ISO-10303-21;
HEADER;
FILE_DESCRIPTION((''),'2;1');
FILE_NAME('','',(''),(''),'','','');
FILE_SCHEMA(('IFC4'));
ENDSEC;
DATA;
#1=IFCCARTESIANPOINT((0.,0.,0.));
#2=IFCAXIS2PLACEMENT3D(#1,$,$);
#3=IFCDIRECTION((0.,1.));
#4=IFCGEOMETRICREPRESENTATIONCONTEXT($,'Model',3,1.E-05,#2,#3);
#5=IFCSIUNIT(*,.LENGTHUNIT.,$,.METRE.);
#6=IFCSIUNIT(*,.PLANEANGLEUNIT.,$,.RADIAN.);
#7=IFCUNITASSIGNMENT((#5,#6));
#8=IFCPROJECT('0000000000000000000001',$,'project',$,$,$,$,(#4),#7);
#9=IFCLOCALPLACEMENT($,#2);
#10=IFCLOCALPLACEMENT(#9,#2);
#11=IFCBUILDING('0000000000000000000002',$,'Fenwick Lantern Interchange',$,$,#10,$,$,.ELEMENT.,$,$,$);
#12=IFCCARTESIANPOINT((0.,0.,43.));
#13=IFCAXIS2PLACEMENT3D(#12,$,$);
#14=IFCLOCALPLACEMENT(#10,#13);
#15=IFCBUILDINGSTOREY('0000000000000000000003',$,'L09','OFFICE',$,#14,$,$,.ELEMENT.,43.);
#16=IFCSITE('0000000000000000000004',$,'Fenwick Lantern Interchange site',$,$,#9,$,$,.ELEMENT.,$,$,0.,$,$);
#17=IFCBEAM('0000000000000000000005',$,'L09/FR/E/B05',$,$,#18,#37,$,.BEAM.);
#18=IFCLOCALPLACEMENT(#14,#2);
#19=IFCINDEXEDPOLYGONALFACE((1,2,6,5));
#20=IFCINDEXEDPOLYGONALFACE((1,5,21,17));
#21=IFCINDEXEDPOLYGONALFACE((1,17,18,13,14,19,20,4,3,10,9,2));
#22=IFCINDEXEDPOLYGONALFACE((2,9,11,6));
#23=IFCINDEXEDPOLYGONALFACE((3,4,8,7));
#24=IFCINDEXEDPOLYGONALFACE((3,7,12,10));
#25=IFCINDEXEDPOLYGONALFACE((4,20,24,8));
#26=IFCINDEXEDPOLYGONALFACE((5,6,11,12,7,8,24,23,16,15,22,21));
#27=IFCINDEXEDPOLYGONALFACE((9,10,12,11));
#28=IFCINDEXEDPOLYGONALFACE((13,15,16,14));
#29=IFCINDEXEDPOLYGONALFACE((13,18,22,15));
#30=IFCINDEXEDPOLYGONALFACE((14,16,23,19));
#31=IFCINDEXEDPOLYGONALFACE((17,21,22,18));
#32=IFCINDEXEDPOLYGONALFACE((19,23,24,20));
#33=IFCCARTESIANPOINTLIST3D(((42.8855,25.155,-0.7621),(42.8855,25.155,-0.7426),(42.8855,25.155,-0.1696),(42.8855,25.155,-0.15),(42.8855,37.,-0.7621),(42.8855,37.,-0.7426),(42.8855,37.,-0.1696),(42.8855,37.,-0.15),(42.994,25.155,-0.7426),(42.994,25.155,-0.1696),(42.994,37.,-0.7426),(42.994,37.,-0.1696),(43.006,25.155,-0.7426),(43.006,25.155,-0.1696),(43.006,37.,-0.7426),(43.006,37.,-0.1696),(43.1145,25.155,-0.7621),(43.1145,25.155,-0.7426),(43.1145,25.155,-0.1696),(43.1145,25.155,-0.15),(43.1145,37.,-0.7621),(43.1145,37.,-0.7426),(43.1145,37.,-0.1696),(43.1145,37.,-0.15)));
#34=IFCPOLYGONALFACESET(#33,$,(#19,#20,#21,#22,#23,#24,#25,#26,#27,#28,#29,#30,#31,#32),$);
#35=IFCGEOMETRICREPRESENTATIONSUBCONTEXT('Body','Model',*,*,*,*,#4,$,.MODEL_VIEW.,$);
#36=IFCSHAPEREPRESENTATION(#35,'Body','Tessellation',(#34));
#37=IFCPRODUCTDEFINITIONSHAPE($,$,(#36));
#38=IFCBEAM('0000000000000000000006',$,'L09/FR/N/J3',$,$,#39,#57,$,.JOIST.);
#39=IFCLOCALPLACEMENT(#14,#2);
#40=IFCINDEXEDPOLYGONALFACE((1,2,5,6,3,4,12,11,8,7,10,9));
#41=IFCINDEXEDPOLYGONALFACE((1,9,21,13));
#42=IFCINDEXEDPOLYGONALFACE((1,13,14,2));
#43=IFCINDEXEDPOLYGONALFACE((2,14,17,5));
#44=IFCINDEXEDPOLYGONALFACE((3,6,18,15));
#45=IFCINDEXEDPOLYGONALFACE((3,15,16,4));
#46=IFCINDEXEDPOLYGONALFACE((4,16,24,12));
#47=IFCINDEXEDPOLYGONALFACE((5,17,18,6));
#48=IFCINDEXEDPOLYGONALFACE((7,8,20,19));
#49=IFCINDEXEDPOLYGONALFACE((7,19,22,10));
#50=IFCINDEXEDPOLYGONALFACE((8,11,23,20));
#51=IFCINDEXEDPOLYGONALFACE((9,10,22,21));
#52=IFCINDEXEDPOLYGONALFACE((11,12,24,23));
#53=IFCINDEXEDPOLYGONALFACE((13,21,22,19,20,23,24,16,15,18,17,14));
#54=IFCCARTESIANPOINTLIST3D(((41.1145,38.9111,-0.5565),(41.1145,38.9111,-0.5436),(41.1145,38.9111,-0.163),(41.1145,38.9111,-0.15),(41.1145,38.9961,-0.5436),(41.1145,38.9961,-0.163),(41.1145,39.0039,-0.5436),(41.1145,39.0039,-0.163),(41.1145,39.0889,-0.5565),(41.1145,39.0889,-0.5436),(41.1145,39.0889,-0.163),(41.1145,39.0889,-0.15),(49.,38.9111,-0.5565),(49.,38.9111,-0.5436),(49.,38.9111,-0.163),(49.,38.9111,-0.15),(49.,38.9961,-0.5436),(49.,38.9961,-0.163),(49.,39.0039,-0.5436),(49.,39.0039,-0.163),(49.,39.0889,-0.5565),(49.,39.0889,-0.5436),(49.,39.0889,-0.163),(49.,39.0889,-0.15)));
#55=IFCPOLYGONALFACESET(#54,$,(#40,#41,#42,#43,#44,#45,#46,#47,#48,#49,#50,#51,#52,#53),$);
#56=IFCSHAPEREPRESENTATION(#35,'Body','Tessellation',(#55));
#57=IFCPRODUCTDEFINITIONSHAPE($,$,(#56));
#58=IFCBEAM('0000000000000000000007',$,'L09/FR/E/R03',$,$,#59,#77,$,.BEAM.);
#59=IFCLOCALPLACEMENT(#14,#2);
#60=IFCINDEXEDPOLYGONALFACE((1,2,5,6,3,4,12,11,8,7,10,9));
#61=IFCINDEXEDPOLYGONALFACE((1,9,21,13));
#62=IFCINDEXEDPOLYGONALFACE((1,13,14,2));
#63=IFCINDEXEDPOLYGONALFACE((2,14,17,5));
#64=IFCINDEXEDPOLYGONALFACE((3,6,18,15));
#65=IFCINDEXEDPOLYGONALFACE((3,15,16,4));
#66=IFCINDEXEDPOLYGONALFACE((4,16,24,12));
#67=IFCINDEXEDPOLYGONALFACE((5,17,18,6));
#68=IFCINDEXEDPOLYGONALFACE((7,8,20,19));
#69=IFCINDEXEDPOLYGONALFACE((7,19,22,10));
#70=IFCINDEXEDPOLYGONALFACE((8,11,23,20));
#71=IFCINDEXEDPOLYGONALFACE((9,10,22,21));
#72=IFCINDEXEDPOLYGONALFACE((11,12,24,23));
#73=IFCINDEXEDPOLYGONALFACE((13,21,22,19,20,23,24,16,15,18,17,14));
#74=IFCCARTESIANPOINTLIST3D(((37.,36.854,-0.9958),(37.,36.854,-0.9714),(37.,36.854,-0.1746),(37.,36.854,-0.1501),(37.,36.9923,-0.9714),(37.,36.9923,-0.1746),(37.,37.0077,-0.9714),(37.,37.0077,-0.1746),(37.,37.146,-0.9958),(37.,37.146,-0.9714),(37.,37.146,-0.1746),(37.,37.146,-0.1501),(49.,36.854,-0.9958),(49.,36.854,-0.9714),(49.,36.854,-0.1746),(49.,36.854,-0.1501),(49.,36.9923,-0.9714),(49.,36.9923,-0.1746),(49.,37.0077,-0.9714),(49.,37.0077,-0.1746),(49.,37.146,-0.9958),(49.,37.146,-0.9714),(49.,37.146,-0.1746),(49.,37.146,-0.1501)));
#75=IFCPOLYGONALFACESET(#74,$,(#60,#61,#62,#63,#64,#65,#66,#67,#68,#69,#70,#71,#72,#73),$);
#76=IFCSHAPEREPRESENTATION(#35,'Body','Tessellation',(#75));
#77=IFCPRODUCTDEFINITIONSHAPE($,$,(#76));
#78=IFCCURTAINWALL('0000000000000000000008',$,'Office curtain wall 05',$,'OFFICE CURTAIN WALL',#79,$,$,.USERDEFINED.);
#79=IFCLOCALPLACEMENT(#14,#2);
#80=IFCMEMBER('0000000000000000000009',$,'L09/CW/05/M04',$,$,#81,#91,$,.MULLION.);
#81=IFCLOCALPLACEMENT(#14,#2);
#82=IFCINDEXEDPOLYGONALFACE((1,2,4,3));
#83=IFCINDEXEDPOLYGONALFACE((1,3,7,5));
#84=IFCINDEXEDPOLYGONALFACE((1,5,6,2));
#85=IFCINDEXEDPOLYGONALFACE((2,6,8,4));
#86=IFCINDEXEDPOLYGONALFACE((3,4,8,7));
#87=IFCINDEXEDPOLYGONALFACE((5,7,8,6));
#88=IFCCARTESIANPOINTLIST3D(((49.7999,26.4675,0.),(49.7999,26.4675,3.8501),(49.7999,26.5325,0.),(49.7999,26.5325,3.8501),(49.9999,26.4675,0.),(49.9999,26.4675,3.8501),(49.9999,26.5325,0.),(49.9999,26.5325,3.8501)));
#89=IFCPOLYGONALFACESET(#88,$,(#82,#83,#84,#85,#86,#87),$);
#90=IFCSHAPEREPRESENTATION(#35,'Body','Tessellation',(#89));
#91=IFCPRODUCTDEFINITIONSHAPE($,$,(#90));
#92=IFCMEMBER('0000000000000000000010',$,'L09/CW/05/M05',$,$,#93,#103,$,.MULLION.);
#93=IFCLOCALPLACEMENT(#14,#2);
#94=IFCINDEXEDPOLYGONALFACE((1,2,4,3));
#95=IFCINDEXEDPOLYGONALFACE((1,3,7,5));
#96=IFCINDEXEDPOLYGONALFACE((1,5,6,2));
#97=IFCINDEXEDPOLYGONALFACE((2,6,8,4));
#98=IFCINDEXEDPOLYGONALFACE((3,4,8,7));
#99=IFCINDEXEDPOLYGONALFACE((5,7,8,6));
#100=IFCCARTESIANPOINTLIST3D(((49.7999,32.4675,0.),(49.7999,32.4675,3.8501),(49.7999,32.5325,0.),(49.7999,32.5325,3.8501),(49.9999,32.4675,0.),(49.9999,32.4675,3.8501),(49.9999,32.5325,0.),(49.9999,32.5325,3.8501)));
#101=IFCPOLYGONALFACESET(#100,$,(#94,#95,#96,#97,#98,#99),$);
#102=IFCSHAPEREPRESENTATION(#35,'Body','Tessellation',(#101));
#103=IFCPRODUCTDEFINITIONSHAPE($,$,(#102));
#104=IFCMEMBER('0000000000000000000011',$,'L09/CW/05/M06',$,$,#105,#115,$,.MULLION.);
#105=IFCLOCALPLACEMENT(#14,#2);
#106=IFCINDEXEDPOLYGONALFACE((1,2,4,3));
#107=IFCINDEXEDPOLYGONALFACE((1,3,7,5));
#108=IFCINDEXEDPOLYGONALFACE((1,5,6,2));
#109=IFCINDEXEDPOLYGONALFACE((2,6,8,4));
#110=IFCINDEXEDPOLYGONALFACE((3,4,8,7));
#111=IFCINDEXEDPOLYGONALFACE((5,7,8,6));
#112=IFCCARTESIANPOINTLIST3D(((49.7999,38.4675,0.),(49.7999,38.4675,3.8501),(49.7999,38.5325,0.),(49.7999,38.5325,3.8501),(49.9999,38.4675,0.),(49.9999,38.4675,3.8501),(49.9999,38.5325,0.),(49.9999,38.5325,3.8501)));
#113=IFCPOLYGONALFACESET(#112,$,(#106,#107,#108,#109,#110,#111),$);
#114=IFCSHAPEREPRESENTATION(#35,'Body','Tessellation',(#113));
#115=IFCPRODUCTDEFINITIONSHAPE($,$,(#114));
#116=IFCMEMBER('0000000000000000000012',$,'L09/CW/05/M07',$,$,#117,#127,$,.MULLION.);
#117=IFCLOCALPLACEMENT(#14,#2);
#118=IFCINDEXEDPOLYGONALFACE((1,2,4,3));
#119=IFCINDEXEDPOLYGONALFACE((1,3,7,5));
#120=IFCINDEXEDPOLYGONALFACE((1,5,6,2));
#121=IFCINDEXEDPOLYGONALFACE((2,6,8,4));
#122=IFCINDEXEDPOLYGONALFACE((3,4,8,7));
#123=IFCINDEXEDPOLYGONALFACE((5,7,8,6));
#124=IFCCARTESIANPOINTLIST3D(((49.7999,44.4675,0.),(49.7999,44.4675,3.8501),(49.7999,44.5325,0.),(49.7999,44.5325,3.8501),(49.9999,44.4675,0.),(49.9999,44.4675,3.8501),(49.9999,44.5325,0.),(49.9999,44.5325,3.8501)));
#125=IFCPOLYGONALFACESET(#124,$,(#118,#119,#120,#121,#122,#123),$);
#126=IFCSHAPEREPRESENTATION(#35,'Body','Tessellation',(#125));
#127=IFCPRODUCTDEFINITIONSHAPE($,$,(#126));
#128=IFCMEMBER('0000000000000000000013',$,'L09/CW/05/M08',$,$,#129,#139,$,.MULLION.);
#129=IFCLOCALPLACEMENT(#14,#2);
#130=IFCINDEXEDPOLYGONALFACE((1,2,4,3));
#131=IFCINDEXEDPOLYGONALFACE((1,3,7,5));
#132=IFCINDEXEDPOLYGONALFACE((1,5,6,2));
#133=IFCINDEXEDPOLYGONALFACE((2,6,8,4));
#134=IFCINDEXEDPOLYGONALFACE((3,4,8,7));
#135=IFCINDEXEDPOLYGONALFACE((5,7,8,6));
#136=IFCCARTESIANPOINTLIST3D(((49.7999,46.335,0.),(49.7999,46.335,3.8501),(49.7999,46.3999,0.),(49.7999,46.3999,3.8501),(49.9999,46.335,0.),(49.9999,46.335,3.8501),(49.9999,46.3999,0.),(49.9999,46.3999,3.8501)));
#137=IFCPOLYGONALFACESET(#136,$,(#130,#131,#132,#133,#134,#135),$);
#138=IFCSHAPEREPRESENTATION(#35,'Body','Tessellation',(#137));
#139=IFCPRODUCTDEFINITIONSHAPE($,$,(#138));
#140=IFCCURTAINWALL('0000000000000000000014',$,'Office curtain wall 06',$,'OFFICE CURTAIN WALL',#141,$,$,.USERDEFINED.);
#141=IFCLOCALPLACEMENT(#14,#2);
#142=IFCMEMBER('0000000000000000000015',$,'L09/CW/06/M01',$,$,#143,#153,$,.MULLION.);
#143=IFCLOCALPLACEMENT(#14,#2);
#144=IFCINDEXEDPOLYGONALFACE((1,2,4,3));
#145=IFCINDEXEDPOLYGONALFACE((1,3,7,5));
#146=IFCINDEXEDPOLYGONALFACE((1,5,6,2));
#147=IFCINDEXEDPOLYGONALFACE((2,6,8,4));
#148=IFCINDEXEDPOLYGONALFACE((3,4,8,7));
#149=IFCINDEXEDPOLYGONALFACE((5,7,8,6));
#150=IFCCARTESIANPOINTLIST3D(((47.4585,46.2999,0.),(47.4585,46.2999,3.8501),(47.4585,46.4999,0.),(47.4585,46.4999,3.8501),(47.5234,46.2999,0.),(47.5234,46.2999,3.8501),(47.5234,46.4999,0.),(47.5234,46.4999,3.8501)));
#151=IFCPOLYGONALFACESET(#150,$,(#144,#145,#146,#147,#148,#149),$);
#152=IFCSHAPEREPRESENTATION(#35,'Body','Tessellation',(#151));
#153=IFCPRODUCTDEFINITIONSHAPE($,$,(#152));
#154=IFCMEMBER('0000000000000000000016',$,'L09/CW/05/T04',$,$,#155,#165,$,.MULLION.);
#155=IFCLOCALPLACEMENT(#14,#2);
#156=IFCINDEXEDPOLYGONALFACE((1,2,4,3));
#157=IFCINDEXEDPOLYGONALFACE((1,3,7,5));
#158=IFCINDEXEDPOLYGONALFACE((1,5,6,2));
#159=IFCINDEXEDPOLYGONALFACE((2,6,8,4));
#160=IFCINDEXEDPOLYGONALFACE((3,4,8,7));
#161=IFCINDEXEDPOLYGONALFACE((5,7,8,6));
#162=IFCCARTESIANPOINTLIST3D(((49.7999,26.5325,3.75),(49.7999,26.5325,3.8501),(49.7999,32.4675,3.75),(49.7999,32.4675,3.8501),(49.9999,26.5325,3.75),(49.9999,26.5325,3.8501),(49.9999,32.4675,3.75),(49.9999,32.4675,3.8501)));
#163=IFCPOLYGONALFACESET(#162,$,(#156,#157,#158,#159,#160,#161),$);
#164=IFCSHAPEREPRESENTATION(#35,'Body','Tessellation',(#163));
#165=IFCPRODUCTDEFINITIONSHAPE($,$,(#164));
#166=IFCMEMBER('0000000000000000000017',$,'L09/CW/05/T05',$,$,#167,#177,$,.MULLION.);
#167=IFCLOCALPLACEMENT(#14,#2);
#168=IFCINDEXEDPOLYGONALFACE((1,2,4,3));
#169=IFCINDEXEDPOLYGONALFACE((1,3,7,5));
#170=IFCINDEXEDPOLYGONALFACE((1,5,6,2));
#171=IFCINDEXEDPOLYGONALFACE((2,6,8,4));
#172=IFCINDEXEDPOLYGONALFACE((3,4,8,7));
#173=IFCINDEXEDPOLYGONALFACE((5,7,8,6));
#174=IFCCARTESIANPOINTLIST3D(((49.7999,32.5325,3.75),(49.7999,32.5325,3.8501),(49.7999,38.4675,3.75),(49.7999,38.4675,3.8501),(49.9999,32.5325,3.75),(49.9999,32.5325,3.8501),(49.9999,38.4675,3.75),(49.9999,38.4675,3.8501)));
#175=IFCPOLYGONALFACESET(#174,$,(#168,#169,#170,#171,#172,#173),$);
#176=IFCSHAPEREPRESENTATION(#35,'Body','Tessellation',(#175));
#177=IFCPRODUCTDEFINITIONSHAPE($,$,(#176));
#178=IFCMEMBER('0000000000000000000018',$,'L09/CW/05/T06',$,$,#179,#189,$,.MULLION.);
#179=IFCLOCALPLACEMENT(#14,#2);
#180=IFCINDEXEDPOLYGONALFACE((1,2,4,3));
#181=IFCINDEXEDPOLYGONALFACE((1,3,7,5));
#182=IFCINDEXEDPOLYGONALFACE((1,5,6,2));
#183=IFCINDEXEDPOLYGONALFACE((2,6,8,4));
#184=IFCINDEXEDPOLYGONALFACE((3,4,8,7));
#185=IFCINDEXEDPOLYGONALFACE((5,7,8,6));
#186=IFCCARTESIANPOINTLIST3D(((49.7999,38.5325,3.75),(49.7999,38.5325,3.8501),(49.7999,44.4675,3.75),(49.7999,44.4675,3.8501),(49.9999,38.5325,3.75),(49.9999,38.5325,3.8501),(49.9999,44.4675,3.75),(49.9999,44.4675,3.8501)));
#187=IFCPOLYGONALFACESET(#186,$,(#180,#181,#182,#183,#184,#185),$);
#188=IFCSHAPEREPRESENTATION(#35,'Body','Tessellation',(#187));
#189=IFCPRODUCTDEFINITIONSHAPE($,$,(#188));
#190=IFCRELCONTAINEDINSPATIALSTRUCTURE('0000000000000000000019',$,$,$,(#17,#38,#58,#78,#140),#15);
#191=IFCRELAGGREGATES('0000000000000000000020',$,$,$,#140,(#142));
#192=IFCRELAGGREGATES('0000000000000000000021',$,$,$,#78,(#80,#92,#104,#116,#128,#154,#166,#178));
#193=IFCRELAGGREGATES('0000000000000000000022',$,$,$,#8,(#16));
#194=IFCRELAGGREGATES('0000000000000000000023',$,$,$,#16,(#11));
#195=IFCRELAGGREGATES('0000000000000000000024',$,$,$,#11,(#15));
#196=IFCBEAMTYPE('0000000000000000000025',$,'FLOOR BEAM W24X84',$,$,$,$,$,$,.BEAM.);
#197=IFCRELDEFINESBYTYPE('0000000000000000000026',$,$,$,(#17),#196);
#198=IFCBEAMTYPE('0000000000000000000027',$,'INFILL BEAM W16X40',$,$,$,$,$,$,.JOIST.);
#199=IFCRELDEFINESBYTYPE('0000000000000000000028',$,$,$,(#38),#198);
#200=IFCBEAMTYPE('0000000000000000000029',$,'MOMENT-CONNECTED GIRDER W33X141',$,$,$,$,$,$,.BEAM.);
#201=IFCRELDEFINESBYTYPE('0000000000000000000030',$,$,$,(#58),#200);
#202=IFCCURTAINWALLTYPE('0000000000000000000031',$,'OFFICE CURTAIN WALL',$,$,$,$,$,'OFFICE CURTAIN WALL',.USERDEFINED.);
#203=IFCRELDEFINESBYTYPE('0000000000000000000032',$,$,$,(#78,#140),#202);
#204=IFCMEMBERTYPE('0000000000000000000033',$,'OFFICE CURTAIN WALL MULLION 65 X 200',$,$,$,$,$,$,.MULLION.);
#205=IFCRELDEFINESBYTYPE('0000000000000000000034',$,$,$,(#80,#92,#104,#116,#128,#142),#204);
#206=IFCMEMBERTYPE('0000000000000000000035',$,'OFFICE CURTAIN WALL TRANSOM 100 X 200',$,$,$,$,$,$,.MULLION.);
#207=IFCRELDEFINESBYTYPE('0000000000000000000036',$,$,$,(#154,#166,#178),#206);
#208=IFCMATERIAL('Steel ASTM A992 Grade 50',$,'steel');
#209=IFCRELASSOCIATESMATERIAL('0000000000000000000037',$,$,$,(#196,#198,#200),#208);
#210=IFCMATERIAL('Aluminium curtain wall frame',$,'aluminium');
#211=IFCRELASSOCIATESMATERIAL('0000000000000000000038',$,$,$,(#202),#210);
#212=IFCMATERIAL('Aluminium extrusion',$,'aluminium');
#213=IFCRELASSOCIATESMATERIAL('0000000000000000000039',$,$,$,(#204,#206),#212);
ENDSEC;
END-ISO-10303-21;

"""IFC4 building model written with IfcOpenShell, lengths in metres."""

from ifc_helpers import new_model, si_unit, direction, frame, origin, origin_2d, place, context, subcontext, project, spatial, rectangle, i_section, extrude, material, material_profile, profile_set, type_object, element, aggregate, save


model = new_model("IFC4")

# Units and contexts
model_context = context("Model", 3, precision=1e-05, world=origin(), true_north=direction((0.0, 1.0)))
body_context = subcontext(model_context, "Body", "Model", "MODEL_VIEW")
ifc_project = project(units=[si_unit("LENGTHUNIT", "METRE"), si_unit("PLANEANGLEUNIT", "RADIAN")], contexts=[model_context])

# Site, building, storey
site_placement = place(None, origin())
site = spatial("IfcSite", under=ifc_project, at=site_placement, Name="Fenwick Lantern Interchange site", CompositionType="ELEMENT", RefElevation=0.0)
building_placement = place(site_placement, origin())
building = spatial("IfcBuilding", under=site, at=building_placement, Name="Fenwick Lantern Interchange", CompositionType="ELEMENT")
storey_placement = place(building_placement, frame((0.0, 0.0, 43.0)))
storey = spatial("IfcBuildingStorey", under=building, at=storey_placement, Name="L09", Description="OFFICE", CompositionType="ELEMENT", Elevation=43.0)

# Shared definitions
ifc_material_1 = material(Name="Steel ASTM A992 Grade 50", Category="steel")

# Beams
ifc_material_profile_1 = material_profile(ifc_material_1, i_section(OverallWidth=0.229, OverallDepth=0.6121, WebThickness=0.012, FlangeThickness=0.0195, at=origin_2d()), Name="W24X84")
ifc_profile_set_1 = profile_set([ifc_material_profile_1], Name="Steel ASTM A992 Grade 50")
beam_type_1 = type_object("IfcBeamType", Name="FLOOR BEAM W24X84", PredefinedType="BEAM", material=ifc_profile_set_1)
for number, where, z_axis, x_axis, name in (
    (1, (43.0, 25.155, -0.4561), (0.0, 1.0, 0.0), (-1.0, 0.0, 0.0), "L09/FR/E/B05"),
):
    element("IfcBeam", number, at=place(storey_placement, frame(where, z_axis=z_axis, x_axis=x_axis)), inside=storey, type_object=beam_type_1, Name=name, PredefinedType="BEAM", context=body_context, shape_type="SweptSolid", body=[
        extrude(i_section(OverallWidth=0.229, OverallDepth=0.6121, WebThickness=0.012, FlangeThickness=0.0195, at=origin_2d()), origin(), (0.0, 0.0, 1.0), 11.845),
    ])
ifc_material_profile_2 = material_profile(ifc_material_1, i_section(OverallWidth=0.1777, OverallDepth=0.4065, WebThickness=0.0078, FlangeThickness=0.0129, at=origin_2d()), Name="W16X40")
ifc_profile_set_2 = profile_set([ifc_material_profile_2], Name="Steel ASTM A992 Grade 50")
beam_type_2 = type_object("IfcBeamType", Name="INFILL BEAM W16X40", PredefinedType="JOIST", material=ifc_profile_set_2)
beam_1_placement = place(storey_placement, frame((49.0, 39.0, -0.3533), z_axis=(-1.0, 0.0, 0.0), x_axis=(0.0, -1.0, 0.0)))
element("IfcBeam", 2, at=beam_1_placement, inside=storey, type_object=beam_type_2, Name="L09/FR/N/J3", PredefinedType="JOIST", context=body_context, shape_type="SweptSolid", body=[
    extrude(i_section(OverallWidth=0.1777, OverallDepth=0.4065, WebThickness=0.0078, FlangeThickness=0.0129, at=origin_2d()), origin(), (0.0, 0.0, 1.0), 7.8855),
])
ifc_material_profile_3 = material_profile(ifc_material_1, i_section(OverallWidth=0.292, OverallDepth=0.8457, WebThickness=0.0154, FlangeThickness=0.0244, at=origin_2d()), Name="W33X141")
ifc_profile_set_3 = profile_set([ifc_material_profile_3], Name="Steel ASTM A992 Grade 50")
beam_type_3 = type_object("IfcBeamType", Name="MOMENT-CONNECTED GIRDER W33X141", PredefinedType="BEAM", material=ifc_profile_set_3)
beam_2_placement = place(storey_placement, frame((49.0, 37.0, -0.573), z_axis=(-1.0, 0.0, 0.0), x_axis=(0.0, -1.0, 0.0)))
element("IfcBeam", 3, at=beam_2_placement, inside=storey, type_object=beam_type_3, Name="L09/FR/E/R03", PredefinedType="BEAM", context=body_context, shape_type="SweptSolid", body=[
    extrude(i_section(OverallWidth=0.292, OverallDepth=0.8457, WebThickness=0.0154, FlangeThickness=0.0244, at=origin_2d()), origin(), (0.0, 0.0, 1.0), 12.0),
])

# Curtain wall, members
ifc_material_2 = material(Name="Aluminium curtain wall frame", Category="aluminium")
curtain_wall_type = type_object("IfcCurtainWallType", Name="OFFICE CURTAIN WALL", ElementType="OFFICE CURTAIN WALL", PredefinedType="USERDEFINED", material=ifc_material_2)
curtain_wall_1_placement = place(storey_placement, origin())
curtain_wall_1 = element("IfcCurtainWall", 4, at=curtain_wall_1_placement, inside=storey, type_object=curtain_wall_type, Name="Office curtain wall 05", ObjectType="OFFICE CURTAIN WALL", PredefinedType="USERDEFINED")
ifc_material_3 = material(Name="Aluminium extrusion", Category="aluminium")
ifc_material_profile_4 = material_profile(ifc_material_3, rectangle(XDim=0.2, YDim=0.0649, at=origin_2d()), Name="OFFICE CURTAIN WALL MULLION 65 X 200")
ifc_profile_set_4 = profile_set([ifc_material_profile_4], Name="Aluminium extrusion")
member_type_1 = type_object("IfcMemberType", Name="OFFICE CURTAIN WALL MULLION 65 X 200", PredefinedType="MULLION", material=ifc_profile_set_4)
member_1_placement = place(storey_placement, frame((49.8999, 26.5, 0.0), z_axis=(0.0, 0.0, 1.0), x_axis=(-1.0, 0.0, 0.0)))
member_1 = element("IfcMember", 5, at=member_1_placement, type_object=member_type_1, Name="L09/CW/05/M04", PredefinedType="MULLION", context=body_context, shape_type="SweptSolid", body=[
    extrude(rectangle(XDim=0.2, YDim=0.0649, at=origin_2d()), origin(), (0.0, 0.0, 1.0), 3.8501),
])
member_2_placement = place(storey_placement, frame((49.8999, 32.5, 0.0), z_axis=(0.0, 0.0, 1.0), x_axis=(-1.0, 0.0, 0.0)))
member_2 = element("IfcMember", 6, at=member_2_placement, type_object=member_type_1, Name="L09/CW/05/M05", PredefinedType="MULLION", context=body_context, shape_type="SweptSolid", body=[
    extrude(rectangle(XDim=0.2, YDim=0.0649, at=origin_2d()), origin(), (0.0, 0.0, 1.0), 3.8501),
])
member_3_placement = place(storey_placement, frame((49.8999, 38.5, 0.0), z_axis=(0.0, 0.0, 1.0), x_axis=(-1.0, 0.0, 0.0)))
member_3 = element("IfcMember", 7, at=member_3_placement, type_object=member_type_1, Name="L09/CW/05/M06", PredefinedType="MULLION", context=body_context, shape_type="SweptSolid", body=[
    extrude(rectangle(XDim=0.2, YDim=0.0649, at=origin_2d()), origin(), (0.0, 0.0, 1.0), 3.8501),
])
member_4_placement = place(storey_placement, frame((49.8999, 44.5, 0.0), z_axis=(0.0, 0.0, 1.0), x_axis=(-1.0, 0.0, 0.0)))
member_4 = element("IfcMember", 8, at=member_4_placement, type_object=member_type_1, Name="L09/CW/05/M07", PredefinedType="MULLION", context=body_context, shape_type="SweptSolid", body=[
    extrude(rectangle(XDim=0.2, YDim=0.0649, at=origin_2d()), origin(), (0.0, 0.0, 1.0), 3.8501),
])
member_5_placement = place(storey_placement, frame((49.8999, 46.3674, 0.0), z_axis=(0.0, 0.0, 1.0), x_axis=(-1.0, 0.0, 0.0)))
member_5 = element("IfcMember", 9, at=member_5_placement, type_object=member_type_1, Name="L09/CW/05/M08", PredefinedType="MULLION", context=body_context, shape_type="SweptSolid", body=[
    extrude(rectangle(XDim=0.2, YDim=0.0649, at=origin_2d()), origin(), (0.0, 0.0, 1.0), 3.8501),
])

# Curtain wall, member
curtain_wall_2_placement = place(storey_placement, origin())
curtain_wall_2 = element("IfcCurtainWall", 10, at=curtain_wall_2_placement, inside=storey, type_object=curtain_wall_type, Name="Office curtain wall 06", ObjectType="OFFICE CURTAIN WALL", PredefinedType="USERDEFINED")
member_6_placement = place(storey_placement, frame((47.491, 46.3999, 0.0), z_axis=(0.0, 0.0, 1.0), x_axis=(0.0, -1.0, 0.0)))
member_6 = element("IfcMember", 11, at=member_6_placement, type_object=member_type_1, Name="L09/CW/06/M01", PredefinedType="MULLION", context=body_context, shape_type="SweptSolid", body=[
    extrude(rectangle(XDim=0.2, YDim=0.0649, at=origin_2d()), origin(), (0.0, 0.0, 1.0), 3.8501),
])

# Members
ifc_material_profile_5 = material_profile(ifc_material_3, rectangle(XDim=0.2, YDim=0.1001, at=origin_2d()), Name="OFFICE CURTAIN WALL TRANSOM 100 X 200")
ifc_profile_set_5 = profile_set([ifc_material_profile_5], Name="Aluminium extrusion")
member_type_2 = type_object("IfcMemberType", Name="OFFICE CURTAIN WALL TRANSOM 100 X 200", PredefinedType="MULLION", material=ifc_profile_set_5)
member_7_placement = place(storey_placement, frame((49.8999, 26.5325, 3.8), z_axis=(0.0, 1.0, 0.0), x_axis=(-1.0, 0.0, 0.0)))
member_7 = element("IfcMember", 12, at=member_7_placement, type_object=member_type_2, Name="L09/CW/05/T04", PredefinedType="MULLION", context=body_context, shape_type="SweptSolid", body=[
    extrude(rectangle(XDim=0.2, YDim=0.1001, at=origin_2d()), origin(), (0.0, 0.0, 1.0), 5.9351),
])
member_8_placement = place(storey_placement, frame((49.8999, 32.5325, 3.8), z_axis=(0.0, 1.0, 0.0), x_axis=(-1.0, 0.0, 0.0)))
member_8 = element("IfcMember", 13, at=member_8_placement, type_object=member_type_2, Name="L09/CW/05/T05", PredefinedType="MULLION", context=body_context, shape_type="SweptSolid", body=[
    extrude(rectangle(XDim=0.2, YDim=0.1001, at=origin_2d()), origin(), (0.0, 0.0, 1.0), 5.9351),
])
member_9_placement = place(storey_placement, frame((49.8999, 38.5325, 3.8), z_axis=(0.0, 1.0, 0.0), x_axis=(-1.0, 0.0, 0.0)))
member_9 = element("IfcMember", 14, at=member_9_placement, type_object=member_type_2, Name="L09/CW/05/T06", PredefinedType="MULLION", context=body_context, shape_type="SweptSolid", body=[
    extrude(rectangle(XDim=0.2, YDim=0.1001, at=origin_2d()), origin(), (0.0, 0.0, 1.0), 5.9351),
])
aggregate(curtain_wall_2, [member_6])

aggregate(curtain_wall_1, [member_1, member_2, member_3, member_4, member_5, member_7, member_8, member_9])

save(model, "model.ifc")
